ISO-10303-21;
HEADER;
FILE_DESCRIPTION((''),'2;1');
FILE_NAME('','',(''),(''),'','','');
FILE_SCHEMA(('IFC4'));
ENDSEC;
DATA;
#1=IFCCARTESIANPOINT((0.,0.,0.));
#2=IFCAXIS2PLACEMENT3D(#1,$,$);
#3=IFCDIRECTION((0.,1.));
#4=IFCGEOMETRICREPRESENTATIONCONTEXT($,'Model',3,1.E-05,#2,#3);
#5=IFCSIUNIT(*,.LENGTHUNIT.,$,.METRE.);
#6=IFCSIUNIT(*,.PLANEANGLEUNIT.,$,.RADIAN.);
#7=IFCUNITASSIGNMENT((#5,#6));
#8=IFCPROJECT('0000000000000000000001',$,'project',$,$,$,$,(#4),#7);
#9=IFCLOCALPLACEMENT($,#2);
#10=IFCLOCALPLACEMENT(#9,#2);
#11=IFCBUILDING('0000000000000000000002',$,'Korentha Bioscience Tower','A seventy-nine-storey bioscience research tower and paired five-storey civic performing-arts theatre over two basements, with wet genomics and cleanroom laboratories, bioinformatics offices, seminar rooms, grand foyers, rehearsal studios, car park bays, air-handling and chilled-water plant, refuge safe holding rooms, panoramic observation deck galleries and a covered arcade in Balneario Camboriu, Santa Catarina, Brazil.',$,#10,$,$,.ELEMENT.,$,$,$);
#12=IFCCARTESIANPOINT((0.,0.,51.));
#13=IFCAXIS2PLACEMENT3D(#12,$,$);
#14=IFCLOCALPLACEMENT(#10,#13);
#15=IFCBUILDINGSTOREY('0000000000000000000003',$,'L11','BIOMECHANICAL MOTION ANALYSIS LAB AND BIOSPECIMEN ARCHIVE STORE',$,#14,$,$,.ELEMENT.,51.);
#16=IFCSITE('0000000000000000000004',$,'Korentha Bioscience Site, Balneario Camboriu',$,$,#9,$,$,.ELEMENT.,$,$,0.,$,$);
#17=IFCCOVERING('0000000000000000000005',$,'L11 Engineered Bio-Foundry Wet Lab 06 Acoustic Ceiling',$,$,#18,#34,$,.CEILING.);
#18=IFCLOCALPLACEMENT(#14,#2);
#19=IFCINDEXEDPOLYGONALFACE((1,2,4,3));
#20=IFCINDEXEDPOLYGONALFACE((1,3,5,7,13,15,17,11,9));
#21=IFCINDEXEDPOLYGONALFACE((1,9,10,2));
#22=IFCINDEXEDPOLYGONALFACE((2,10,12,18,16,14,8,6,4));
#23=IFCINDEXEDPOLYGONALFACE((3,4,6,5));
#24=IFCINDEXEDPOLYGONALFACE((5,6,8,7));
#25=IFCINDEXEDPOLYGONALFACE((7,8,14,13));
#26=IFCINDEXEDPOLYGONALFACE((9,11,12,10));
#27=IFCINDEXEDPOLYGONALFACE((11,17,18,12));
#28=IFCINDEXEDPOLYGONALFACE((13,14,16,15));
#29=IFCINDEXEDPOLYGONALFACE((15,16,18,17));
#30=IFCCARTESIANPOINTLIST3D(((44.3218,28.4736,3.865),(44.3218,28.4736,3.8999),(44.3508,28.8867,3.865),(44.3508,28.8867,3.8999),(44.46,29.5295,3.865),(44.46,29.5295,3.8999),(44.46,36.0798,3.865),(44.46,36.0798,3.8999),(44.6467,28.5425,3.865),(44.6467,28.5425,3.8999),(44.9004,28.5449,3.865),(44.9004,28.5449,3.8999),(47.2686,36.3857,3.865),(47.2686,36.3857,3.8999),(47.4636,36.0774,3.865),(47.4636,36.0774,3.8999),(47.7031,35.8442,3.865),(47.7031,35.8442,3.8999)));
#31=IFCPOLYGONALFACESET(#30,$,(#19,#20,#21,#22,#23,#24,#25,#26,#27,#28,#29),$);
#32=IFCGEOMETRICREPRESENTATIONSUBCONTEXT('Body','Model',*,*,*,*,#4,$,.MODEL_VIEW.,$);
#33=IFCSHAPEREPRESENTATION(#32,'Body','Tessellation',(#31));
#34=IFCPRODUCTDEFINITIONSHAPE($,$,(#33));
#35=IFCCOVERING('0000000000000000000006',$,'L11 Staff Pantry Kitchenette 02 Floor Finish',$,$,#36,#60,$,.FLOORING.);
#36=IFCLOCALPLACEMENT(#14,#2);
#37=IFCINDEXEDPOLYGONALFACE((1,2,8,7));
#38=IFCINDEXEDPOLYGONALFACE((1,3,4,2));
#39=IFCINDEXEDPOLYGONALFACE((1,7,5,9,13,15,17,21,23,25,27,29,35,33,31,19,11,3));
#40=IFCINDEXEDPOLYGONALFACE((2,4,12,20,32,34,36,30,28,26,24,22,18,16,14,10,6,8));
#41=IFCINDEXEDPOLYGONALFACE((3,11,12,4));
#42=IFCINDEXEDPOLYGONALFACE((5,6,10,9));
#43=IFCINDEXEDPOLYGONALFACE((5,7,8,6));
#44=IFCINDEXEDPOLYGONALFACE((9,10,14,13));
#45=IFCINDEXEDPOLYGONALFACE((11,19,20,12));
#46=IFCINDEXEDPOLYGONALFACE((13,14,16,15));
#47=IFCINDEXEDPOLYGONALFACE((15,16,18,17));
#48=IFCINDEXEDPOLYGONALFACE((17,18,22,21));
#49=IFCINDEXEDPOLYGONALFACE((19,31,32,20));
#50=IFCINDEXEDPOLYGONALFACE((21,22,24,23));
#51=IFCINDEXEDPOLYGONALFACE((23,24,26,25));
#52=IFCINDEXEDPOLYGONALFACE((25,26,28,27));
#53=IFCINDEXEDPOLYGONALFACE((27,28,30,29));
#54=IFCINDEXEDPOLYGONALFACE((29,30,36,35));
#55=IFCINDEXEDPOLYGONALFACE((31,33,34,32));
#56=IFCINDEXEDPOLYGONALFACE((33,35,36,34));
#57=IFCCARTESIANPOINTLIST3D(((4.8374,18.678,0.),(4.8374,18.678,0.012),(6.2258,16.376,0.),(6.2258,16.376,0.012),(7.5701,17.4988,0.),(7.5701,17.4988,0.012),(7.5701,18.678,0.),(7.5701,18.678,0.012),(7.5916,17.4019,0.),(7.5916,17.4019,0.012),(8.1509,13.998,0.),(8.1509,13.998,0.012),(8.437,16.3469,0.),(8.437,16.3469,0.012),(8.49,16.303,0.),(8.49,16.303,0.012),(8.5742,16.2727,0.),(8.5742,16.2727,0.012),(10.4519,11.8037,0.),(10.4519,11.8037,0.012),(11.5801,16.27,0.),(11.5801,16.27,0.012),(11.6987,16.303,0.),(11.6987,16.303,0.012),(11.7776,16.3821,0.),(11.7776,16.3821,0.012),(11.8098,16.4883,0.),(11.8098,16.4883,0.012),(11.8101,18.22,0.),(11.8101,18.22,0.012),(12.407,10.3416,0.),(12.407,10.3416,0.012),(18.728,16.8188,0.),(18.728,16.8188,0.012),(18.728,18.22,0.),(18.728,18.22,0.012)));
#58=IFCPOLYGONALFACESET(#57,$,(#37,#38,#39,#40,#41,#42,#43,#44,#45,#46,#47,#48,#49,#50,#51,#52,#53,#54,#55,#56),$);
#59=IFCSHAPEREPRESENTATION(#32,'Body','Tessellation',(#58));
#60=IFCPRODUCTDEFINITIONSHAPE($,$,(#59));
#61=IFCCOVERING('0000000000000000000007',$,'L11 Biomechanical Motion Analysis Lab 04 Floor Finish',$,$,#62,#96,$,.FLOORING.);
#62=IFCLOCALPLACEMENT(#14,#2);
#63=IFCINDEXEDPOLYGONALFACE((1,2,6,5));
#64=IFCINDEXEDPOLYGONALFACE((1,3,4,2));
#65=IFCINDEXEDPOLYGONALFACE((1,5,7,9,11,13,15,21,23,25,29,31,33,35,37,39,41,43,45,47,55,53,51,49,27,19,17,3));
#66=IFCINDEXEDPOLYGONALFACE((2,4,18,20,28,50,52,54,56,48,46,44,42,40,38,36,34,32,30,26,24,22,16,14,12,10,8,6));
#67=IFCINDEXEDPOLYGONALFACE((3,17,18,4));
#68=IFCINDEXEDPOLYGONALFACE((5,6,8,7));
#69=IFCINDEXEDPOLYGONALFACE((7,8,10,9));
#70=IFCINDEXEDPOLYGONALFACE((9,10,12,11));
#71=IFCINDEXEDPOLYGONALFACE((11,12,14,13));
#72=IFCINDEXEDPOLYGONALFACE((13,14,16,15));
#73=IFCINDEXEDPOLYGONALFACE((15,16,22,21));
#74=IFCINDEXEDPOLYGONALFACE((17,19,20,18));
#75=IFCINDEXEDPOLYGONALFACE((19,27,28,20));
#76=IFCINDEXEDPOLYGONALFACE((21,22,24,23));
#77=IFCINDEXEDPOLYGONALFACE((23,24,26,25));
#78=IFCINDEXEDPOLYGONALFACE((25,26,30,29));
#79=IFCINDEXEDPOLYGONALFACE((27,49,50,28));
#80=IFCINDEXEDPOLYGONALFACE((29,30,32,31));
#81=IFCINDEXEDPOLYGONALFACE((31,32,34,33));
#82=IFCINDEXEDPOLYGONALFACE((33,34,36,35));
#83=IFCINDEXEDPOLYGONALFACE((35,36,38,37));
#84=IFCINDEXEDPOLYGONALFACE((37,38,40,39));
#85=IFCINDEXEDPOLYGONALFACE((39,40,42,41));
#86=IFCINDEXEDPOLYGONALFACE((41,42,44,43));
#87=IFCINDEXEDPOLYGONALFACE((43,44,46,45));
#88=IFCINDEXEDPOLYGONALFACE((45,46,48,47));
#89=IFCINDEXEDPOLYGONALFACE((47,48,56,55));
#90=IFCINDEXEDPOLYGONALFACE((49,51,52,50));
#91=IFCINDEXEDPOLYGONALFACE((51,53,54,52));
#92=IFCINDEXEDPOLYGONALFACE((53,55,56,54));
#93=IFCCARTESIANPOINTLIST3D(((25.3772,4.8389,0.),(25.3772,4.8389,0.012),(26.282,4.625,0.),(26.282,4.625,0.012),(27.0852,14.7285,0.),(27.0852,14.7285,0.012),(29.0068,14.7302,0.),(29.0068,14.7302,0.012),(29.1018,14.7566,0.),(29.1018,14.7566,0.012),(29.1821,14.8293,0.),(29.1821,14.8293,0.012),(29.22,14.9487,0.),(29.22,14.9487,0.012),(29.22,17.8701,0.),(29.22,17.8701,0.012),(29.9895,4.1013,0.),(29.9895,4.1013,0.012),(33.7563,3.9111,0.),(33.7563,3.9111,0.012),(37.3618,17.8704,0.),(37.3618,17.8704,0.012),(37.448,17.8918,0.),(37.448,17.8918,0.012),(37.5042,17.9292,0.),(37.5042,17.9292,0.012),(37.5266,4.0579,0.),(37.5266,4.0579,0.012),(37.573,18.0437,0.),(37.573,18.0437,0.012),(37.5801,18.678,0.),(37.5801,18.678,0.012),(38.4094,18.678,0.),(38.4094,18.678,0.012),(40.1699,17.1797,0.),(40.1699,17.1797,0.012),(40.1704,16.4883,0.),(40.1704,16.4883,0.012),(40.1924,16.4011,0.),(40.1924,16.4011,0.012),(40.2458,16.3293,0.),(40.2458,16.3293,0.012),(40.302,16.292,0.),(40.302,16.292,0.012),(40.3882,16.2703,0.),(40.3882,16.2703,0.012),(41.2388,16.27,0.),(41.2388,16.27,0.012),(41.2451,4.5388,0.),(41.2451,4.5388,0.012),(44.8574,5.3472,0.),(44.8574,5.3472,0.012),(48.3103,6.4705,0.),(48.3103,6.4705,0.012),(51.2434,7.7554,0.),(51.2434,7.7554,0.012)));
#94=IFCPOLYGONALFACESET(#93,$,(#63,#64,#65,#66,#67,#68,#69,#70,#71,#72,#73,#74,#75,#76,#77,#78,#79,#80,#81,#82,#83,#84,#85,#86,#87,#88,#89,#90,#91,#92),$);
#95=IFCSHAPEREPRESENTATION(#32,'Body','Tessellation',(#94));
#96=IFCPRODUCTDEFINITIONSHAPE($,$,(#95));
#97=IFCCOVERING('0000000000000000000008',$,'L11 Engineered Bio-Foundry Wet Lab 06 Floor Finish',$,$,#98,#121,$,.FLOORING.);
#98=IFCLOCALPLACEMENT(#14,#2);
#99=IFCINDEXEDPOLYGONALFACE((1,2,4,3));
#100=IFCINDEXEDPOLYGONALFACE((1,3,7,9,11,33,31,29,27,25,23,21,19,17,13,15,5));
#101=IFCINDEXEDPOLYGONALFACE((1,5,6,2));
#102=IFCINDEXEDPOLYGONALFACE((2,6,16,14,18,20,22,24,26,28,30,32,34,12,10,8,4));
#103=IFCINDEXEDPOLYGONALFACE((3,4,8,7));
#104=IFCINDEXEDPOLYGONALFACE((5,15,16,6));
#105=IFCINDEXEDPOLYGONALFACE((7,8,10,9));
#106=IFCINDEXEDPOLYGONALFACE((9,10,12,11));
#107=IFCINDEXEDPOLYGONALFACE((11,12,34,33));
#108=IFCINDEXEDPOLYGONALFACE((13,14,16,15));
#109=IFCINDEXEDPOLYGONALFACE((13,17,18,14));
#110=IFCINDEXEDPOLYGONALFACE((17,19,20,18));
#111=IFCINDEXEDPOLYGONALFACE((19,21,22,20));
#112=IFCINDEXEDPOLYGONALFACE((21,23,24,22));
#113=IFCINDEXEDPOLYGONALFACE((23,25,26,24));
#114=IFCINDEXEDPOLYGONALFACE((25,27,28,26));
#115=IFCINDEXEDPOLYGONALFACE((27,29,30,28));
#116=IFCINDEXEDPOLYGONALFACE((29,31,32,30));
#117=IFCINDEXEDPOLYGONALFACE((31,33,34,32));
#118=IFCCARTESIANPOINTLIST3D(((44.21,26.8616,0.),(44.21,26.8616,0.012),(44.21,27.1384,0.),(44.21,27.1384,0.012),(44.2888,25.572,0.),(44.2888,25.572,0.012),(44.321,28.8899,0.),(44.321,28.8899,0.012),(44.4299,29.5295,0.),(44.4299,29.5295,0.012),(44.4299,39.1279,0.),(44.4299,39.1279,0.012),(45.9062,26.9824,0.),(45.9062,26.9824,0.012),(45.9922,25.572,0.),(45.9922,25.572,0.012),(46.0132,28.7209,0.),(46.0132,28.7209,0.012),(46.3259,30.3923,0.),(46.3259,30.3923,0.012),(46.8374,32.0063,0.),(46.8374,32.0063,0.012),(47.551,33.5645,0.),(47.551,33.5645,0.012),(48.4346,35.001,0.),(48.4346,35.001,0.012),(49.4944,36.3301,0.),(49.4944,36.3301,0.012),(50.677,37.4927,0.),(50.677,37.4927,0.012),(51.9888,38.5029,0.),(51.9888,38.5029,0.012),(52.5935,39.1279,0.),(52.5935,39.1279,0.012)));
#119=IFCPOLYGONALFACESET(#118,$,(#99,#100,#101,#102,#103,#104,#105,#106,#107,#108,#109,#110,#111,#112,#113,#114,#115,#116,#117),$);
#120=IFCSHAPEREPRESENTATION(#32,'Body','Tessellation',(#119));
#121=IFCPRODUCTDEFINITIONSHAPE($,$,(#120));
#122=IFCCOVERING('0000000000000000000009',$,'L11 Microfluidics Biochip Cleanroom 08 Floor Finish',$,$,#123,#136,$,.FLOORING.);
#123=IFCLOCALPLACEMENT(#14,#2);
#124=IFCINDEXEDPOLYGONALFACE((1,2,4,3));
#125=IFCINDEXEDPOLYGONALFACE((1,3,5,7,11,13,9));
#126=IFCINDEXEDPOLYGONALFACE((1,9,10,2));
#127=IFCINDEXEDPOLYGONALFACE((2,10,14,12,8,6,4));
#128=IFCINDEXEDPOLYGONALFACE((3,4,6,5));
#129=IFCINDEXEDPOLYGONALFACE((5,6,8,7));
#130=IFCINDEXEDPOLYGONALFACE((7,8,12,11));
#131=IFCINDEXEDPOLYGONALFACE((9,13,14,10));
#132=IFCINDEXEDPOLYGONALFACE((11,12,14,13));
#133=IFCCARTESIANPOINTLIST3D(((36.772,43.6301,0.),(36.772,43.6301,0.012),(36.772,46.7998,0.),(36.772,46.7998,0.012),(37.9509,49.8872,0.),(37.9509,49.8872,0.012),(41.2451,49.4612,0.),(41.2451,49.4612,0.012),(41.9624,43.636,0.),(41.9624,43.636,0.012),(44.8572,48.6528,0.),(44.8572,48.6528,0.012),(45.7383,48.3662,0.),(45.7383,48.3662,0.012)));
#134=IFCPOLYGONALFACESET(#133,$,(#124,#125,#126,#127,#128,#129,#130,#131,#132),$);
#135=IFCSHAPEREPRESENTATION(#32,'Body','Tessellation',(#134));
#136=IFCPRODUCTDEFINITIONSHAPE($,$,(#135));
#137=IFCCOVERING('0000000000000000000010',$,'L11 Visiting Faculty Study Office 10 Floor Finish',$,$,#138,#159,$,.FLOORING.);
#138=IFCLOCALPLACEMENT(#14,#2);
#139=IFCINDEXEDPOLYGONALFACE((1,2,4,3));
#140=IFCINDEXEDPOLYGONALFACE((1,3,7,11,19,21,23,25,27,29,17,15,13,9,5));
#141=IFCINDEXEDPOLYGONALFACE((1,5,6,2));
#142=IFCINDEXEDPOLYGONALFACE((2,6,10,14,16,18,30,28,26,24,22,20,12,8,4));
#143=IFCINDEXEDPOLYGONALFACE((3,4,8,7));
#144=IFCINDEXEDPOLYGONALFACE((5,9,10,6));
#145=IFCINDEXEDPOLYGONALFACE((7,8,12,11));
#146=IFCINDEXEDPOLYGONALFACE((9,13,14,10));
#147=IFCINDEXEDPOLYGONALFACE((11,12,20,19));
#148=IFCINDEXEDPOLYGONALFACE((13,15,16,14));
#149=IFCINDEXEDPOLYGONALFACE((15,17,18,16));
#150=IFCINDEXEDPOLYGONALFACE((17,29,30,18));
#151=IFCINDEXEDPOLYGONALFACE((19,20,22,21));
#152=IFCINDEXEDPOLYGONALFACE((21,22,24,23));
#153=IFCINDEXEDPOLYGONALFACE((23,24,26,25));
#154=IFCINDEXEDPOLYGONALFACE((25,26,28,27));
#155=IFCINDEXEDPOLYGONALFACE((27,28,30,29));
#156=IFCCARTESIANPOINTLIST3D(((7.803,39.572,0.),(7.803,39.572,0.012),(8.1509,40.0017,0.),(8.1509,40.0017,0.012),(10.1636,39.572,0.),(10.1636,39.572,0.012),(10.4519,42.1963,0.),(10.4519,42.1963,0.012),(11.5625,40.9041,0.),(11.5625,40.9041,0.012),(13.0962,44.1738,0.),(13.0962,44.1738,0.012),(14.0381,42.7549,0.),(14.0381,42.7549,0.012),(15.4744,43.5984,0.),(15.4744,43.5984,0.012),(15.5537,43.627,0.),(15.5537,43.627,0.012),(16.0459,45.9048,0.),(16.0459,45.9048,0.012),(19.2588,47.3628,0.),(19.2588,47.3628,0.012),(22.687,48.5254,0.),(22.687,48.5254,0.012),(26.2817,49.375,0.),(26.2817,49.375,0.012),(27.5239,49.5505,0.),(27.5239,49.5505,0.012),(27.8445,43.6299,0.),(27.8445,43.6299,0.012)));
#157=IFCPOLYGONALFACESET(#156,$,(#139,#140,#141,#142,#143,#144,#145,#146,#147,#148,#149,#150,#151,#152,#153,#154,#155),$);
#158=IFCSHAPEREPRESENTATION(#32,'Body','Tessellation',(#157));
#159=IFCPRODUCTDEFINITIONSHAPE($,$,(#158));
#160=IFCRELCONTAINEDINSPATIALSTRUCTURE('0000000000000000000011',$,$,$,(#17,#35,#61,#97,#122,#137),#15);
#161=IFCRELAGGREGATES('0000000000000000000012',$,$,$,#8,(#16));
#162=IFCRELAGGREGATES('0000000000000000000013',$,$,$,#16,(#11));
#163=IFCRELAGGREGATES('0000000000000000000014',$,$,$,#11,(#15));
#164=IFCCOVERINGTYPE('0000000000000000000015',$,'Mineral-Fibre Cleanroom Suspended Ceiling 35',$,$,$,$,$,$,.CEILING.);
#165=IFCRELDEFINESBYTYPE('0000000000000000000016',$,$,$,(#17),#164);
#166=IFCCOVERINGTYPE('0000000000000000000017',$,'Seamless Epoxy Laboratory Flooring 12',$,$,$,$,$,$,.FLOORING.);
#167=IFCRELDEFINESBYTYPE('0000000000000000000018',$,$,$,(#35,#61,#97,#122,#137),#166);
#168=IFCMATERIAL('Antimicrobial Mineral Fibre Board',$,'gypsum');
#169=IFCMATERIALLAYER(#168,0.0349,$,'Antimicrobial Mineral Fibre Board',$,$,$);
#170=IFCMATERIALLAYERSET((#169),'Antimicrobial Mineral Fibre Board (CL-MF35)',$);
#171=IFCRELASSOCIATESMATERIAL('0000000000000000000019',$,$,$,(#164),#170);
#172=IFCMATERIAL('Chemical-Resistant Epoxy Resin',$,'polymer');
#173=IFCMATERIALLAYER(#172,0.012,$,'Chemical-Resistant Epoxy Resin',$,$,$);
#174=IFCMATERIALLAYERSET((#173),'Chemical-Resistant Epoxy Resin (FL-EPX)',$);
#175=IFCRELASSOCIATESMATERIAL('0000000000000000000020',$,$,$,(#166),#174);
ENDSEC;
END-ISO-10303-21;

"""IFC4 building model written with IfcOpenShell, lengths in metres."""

from ifc_helpers import new_model, si_unit, direction, frame, origin, place, context, subcontext, project, spatial, polyline, outline, extrude, material, layer, layer_set, type_object, element, save


model = new_model("IFC4")

# Units and contexts
model_context = context("Model", 3, precision=1e-05, world=origin(), true_north=direction((0.0, 1.0)))
body_context = subcontext(model_context, "Body", "Model", "MODEL_VIEW")
ifc_project = project(units=[si_unit("LENGTHUNIT", "METRE"), si_unit("PLANEANGLEUNIT", "RADIAN")], contexts=[model_context])

# Site, building, storey
site_placement = place(None, origin())
site = spatial("IfcSite", under=ifc_project, at=site_placement, Name="Korentha Bioscience Site, Balneario Camboriu", CompositionType="ELEMENT", RefElevation=0.0)
building_placement = place(site_placement, origin())
building = spatial("IfcBuilding", under=site, at=building_placement, Name="Korentha Bioscience Tower", Description="A seventy-nine-storey bioscience research tower and paired five-storey civic performing-arts theatre over two basements, with wet genomics and cleanroom laboratories, bioinformatics offices, seminar rooms, grand foyers, rehearsal studios, car park bays, air-handling and chilled-water plant, refuge safe holding rooms, panoramic observation deck galleries and a covered arcade in Balneario Camboriu, Santa Catarina, Brazil.", CompositionType="ELEMENT")
storey_placement = place(building_placement, frame((0.0, 0.0, 51.0)))
storey = spatial("IfcBuildingStorey", under=building, at=storey_placement, Name="L11", Description="BIOMECHANICAL MOTION ANALYSIS LAB AND BIOSPECIMEN ARCHIVE STORE", CompositionType="ELEMENT", Elevation=51.0)

# Coverings
ifc_material_1 = material(Name="Antimicrobial Mineral Fibre Board", Category="gypsum")
ifc_layer_1 = layer(ifc_material_1, 0.0349, Name="Antimicrobial Mineral Fibre Board")
ifc_layer_set_1 = layer_set([ifc_layer_1], Name="Antimicrobial Mineral Fibre Board (CL-MF35)")
covering_type_1 = type_object("IfcCoveringType", Name="Mineral-Fibre Cleanroom Suspended Ceiling 35", PredefinedType="CEILING", material=ifc_layer_set_1)
covering_1_placement = place(storey_placement, frame((0.0, 0.0, 3.865)))
element("IfcCovering", 1, at=covering_1_placement, inside=storey, type_object=covering_type_1, Name="L11 Engineered Bio-Foundry Wet Lab 06 Acoustic Ceiling", PredefinedType="CEILING", context=body_context, shape_type="SweptSolid", body=[
    extrude(outline(polyline([(44.3508, 28.8867), (44.46, 29.5295), (44.46, 36.0798), (47.2686, 36.3857), (47.4636, 36.0774), (47.7031, 35.8442), (44.9004, 28.5449), (44.6467, 28.5425), (44.3218, 28.4736), (44.3508, 28.8867)])), origin(), (0.0, 0.0, 1.0), 0.0349),
])
ifc_material_2 = material(Name="Chemical-Resistant Epoxy Resin", Category="polymer")
ifc_layer_2 = layer(ifc_material_2, 0.012, Name="Chemical-Resistant Epoxy Resin")
ifc_layer_set_2 = layer_set([ifc_layer_2], Name="Chemical-Resistant Epoxy Resin (FL-EPX)")
covering_type_2 = type_object("IfcCoveringType", Name="Seamless Epoxy Laboratory Flooring 12", PredefinedType="FLOORING", material=ifc_layer_set_2)
covering_2_placement = place(storey_placement, origin())
element("IfcCovering", 2, at=covering_2_placement, inside=storey, type_object=covering_type_2, Name="L11 Staff Pantry Kitchenette 02 Floor Finish", PredefinedType="FLOORING", context=body_context, shape_type="SweptSolid", body=[
    extrude(outline(polyline([(7.5701, 18.678), (7.5701, 17.4988), (7.5916, 17.4019), (8.437, 16.3469), (8.49, 16.303), (8.5742, 16.2727), (11.5801, 16.27), (11.6987, 16.303), (11.7776, 16.3821), (11.8098, 16.4883), (11.8101, 18.22), (18.728, 18.22), (18.728, 16.8188), (12.407, 10.3416), (10.4519, 11.8037), (8.1509, 13.998), (6.2258, 16.376), (4.8374, 18.678), (7.5701, 18.678)])), origin(), (0.0, 0.0, 1.0), 0.012),
])
covering_3_placement = place(storey_placement, origin())
element("IfcCovering", 3, at=covering_3_placement, inside=storey, type_object=covering_type_2, Name="L11 Biomechanical Motion Analysis Lab 04 Floor Finish", PredefinedType="FLOORING", context=body_context, shape_type="SweptSolid", body=[
    extrude(outline(polyline([(27.0852, 14.7285), (29.0068, 14.7302), (29.1018, 14.7566), (29.1821, 14.8293), (29.22, 14.9487), (29.22, 17.8701), (37.3618, 17.8704), (37.448, 17.8918), (37.5042, 17.9292), (37.573, 18.0437), (37.5801, 18.678), (38.4094, 18.678), (40.1699, 17.1797), (40.1704, 16.4883), (40.1924, 16.4011), (40.2458, 16.3293), (40.302, 16.292), (40.3882, 16.2703), (41.2388, 16.27), (51.2434, 7.7554), (48.3103, 6.4705), (44.8574, 5.3472), (41.2451, 4.5388), (37.5266, 4.0579), (33.7563, 3.9111), (29.9895, 4.1013), (26.282, 4.625), (25.3772, 4.8389), (27.0852, 14.7285)])), origin(), (0.0, 0.0, 1.0), 0.012),
])
covering_4_placement = place(storey_placement, origin())
element("IfcCovering", 4, at=covering_4_placement, inside=storey, type_object=covering_type_2, Name="L11 Engineered Bio-Foundry Wet Lab 06 Floor Finish", PredefinedType="FLOORING", context=body_context, shape_type="SweptSolid", body=[
    extrude(outline(polyline([(46.0132, 28.7209), (45.9062, 26.9824), (45.9922, 25.572), (44.2888, 25.572), (44.21, 26.8616), (44.21, 27.1384), (44.321, 28.8899), (44.4299, 29.5295), (44.4299, 39.1279), (52.5935, 39.1279), (51.9888, 38.5029), (50.677, 37.4927), (49.4944, 36.3301), (48.4346, 35.001), (47.551, 33.5645), (46.8374, 32.0063), (46.3259, 30.3923), (46.0132, 28.7209)])), origin(), (0.0, 0.0, 1.0), 0.012),
])
covering_5_placement = place(storey_placement, origin())
element("IfcCovering", 5, at=covering_5_placement, inside=storey, type_object=covering_type_2, Name="L11 Microfluidics Biochip Cleanroom 08 Floor Finish", PredefinedType="FLOORING", context=body_context, shape_type="SweptSolid", body=[
    extrude(outline(polyline([(45.7383, 48.3662), (41.9624, 43.636), (36.772, 43.6301), (36.772, 46.7998), (37.9509, 49.8872), (41.2451, 49.4612), (44.8572, 48.6528), (45.7383, 48.3662)])), origin(), (0.0, 0.0, 1.0), 0.012),
])
covering_6_placement = place(storey_placement, origin())
element("IfcCovering", 6, at=covering_6_placement, inside=storey, type_object=covering_type_2, Name="L11 Visiting Faculty Study Office 10 Floor Finish", PredefinedType="FLOORING", context=body_context, shape_type="SweptSolid", body=[
    extrude(outline(polyline([(8.1509, 40.0017), (10.4519, 42.1963), (13.0962, 44.1738), (16.0459, 45.9048), (19.2588, 47.3628), (22.687, 48.5254), (26.2817, 49.375), (27.5239, 49.5505), (27.8445, 43.6299), (15.5537, 43.627), (15.4744, 43.5984), (14.0381, 42.7549), (11.5625, 40.9041), (10.1636, 39.572), (7.803, 39.572), (8.1509, 40.0017)])), origin(), (0.0, 0.0, 1.0), 0.012),
])

save(model, "model.ifc")
